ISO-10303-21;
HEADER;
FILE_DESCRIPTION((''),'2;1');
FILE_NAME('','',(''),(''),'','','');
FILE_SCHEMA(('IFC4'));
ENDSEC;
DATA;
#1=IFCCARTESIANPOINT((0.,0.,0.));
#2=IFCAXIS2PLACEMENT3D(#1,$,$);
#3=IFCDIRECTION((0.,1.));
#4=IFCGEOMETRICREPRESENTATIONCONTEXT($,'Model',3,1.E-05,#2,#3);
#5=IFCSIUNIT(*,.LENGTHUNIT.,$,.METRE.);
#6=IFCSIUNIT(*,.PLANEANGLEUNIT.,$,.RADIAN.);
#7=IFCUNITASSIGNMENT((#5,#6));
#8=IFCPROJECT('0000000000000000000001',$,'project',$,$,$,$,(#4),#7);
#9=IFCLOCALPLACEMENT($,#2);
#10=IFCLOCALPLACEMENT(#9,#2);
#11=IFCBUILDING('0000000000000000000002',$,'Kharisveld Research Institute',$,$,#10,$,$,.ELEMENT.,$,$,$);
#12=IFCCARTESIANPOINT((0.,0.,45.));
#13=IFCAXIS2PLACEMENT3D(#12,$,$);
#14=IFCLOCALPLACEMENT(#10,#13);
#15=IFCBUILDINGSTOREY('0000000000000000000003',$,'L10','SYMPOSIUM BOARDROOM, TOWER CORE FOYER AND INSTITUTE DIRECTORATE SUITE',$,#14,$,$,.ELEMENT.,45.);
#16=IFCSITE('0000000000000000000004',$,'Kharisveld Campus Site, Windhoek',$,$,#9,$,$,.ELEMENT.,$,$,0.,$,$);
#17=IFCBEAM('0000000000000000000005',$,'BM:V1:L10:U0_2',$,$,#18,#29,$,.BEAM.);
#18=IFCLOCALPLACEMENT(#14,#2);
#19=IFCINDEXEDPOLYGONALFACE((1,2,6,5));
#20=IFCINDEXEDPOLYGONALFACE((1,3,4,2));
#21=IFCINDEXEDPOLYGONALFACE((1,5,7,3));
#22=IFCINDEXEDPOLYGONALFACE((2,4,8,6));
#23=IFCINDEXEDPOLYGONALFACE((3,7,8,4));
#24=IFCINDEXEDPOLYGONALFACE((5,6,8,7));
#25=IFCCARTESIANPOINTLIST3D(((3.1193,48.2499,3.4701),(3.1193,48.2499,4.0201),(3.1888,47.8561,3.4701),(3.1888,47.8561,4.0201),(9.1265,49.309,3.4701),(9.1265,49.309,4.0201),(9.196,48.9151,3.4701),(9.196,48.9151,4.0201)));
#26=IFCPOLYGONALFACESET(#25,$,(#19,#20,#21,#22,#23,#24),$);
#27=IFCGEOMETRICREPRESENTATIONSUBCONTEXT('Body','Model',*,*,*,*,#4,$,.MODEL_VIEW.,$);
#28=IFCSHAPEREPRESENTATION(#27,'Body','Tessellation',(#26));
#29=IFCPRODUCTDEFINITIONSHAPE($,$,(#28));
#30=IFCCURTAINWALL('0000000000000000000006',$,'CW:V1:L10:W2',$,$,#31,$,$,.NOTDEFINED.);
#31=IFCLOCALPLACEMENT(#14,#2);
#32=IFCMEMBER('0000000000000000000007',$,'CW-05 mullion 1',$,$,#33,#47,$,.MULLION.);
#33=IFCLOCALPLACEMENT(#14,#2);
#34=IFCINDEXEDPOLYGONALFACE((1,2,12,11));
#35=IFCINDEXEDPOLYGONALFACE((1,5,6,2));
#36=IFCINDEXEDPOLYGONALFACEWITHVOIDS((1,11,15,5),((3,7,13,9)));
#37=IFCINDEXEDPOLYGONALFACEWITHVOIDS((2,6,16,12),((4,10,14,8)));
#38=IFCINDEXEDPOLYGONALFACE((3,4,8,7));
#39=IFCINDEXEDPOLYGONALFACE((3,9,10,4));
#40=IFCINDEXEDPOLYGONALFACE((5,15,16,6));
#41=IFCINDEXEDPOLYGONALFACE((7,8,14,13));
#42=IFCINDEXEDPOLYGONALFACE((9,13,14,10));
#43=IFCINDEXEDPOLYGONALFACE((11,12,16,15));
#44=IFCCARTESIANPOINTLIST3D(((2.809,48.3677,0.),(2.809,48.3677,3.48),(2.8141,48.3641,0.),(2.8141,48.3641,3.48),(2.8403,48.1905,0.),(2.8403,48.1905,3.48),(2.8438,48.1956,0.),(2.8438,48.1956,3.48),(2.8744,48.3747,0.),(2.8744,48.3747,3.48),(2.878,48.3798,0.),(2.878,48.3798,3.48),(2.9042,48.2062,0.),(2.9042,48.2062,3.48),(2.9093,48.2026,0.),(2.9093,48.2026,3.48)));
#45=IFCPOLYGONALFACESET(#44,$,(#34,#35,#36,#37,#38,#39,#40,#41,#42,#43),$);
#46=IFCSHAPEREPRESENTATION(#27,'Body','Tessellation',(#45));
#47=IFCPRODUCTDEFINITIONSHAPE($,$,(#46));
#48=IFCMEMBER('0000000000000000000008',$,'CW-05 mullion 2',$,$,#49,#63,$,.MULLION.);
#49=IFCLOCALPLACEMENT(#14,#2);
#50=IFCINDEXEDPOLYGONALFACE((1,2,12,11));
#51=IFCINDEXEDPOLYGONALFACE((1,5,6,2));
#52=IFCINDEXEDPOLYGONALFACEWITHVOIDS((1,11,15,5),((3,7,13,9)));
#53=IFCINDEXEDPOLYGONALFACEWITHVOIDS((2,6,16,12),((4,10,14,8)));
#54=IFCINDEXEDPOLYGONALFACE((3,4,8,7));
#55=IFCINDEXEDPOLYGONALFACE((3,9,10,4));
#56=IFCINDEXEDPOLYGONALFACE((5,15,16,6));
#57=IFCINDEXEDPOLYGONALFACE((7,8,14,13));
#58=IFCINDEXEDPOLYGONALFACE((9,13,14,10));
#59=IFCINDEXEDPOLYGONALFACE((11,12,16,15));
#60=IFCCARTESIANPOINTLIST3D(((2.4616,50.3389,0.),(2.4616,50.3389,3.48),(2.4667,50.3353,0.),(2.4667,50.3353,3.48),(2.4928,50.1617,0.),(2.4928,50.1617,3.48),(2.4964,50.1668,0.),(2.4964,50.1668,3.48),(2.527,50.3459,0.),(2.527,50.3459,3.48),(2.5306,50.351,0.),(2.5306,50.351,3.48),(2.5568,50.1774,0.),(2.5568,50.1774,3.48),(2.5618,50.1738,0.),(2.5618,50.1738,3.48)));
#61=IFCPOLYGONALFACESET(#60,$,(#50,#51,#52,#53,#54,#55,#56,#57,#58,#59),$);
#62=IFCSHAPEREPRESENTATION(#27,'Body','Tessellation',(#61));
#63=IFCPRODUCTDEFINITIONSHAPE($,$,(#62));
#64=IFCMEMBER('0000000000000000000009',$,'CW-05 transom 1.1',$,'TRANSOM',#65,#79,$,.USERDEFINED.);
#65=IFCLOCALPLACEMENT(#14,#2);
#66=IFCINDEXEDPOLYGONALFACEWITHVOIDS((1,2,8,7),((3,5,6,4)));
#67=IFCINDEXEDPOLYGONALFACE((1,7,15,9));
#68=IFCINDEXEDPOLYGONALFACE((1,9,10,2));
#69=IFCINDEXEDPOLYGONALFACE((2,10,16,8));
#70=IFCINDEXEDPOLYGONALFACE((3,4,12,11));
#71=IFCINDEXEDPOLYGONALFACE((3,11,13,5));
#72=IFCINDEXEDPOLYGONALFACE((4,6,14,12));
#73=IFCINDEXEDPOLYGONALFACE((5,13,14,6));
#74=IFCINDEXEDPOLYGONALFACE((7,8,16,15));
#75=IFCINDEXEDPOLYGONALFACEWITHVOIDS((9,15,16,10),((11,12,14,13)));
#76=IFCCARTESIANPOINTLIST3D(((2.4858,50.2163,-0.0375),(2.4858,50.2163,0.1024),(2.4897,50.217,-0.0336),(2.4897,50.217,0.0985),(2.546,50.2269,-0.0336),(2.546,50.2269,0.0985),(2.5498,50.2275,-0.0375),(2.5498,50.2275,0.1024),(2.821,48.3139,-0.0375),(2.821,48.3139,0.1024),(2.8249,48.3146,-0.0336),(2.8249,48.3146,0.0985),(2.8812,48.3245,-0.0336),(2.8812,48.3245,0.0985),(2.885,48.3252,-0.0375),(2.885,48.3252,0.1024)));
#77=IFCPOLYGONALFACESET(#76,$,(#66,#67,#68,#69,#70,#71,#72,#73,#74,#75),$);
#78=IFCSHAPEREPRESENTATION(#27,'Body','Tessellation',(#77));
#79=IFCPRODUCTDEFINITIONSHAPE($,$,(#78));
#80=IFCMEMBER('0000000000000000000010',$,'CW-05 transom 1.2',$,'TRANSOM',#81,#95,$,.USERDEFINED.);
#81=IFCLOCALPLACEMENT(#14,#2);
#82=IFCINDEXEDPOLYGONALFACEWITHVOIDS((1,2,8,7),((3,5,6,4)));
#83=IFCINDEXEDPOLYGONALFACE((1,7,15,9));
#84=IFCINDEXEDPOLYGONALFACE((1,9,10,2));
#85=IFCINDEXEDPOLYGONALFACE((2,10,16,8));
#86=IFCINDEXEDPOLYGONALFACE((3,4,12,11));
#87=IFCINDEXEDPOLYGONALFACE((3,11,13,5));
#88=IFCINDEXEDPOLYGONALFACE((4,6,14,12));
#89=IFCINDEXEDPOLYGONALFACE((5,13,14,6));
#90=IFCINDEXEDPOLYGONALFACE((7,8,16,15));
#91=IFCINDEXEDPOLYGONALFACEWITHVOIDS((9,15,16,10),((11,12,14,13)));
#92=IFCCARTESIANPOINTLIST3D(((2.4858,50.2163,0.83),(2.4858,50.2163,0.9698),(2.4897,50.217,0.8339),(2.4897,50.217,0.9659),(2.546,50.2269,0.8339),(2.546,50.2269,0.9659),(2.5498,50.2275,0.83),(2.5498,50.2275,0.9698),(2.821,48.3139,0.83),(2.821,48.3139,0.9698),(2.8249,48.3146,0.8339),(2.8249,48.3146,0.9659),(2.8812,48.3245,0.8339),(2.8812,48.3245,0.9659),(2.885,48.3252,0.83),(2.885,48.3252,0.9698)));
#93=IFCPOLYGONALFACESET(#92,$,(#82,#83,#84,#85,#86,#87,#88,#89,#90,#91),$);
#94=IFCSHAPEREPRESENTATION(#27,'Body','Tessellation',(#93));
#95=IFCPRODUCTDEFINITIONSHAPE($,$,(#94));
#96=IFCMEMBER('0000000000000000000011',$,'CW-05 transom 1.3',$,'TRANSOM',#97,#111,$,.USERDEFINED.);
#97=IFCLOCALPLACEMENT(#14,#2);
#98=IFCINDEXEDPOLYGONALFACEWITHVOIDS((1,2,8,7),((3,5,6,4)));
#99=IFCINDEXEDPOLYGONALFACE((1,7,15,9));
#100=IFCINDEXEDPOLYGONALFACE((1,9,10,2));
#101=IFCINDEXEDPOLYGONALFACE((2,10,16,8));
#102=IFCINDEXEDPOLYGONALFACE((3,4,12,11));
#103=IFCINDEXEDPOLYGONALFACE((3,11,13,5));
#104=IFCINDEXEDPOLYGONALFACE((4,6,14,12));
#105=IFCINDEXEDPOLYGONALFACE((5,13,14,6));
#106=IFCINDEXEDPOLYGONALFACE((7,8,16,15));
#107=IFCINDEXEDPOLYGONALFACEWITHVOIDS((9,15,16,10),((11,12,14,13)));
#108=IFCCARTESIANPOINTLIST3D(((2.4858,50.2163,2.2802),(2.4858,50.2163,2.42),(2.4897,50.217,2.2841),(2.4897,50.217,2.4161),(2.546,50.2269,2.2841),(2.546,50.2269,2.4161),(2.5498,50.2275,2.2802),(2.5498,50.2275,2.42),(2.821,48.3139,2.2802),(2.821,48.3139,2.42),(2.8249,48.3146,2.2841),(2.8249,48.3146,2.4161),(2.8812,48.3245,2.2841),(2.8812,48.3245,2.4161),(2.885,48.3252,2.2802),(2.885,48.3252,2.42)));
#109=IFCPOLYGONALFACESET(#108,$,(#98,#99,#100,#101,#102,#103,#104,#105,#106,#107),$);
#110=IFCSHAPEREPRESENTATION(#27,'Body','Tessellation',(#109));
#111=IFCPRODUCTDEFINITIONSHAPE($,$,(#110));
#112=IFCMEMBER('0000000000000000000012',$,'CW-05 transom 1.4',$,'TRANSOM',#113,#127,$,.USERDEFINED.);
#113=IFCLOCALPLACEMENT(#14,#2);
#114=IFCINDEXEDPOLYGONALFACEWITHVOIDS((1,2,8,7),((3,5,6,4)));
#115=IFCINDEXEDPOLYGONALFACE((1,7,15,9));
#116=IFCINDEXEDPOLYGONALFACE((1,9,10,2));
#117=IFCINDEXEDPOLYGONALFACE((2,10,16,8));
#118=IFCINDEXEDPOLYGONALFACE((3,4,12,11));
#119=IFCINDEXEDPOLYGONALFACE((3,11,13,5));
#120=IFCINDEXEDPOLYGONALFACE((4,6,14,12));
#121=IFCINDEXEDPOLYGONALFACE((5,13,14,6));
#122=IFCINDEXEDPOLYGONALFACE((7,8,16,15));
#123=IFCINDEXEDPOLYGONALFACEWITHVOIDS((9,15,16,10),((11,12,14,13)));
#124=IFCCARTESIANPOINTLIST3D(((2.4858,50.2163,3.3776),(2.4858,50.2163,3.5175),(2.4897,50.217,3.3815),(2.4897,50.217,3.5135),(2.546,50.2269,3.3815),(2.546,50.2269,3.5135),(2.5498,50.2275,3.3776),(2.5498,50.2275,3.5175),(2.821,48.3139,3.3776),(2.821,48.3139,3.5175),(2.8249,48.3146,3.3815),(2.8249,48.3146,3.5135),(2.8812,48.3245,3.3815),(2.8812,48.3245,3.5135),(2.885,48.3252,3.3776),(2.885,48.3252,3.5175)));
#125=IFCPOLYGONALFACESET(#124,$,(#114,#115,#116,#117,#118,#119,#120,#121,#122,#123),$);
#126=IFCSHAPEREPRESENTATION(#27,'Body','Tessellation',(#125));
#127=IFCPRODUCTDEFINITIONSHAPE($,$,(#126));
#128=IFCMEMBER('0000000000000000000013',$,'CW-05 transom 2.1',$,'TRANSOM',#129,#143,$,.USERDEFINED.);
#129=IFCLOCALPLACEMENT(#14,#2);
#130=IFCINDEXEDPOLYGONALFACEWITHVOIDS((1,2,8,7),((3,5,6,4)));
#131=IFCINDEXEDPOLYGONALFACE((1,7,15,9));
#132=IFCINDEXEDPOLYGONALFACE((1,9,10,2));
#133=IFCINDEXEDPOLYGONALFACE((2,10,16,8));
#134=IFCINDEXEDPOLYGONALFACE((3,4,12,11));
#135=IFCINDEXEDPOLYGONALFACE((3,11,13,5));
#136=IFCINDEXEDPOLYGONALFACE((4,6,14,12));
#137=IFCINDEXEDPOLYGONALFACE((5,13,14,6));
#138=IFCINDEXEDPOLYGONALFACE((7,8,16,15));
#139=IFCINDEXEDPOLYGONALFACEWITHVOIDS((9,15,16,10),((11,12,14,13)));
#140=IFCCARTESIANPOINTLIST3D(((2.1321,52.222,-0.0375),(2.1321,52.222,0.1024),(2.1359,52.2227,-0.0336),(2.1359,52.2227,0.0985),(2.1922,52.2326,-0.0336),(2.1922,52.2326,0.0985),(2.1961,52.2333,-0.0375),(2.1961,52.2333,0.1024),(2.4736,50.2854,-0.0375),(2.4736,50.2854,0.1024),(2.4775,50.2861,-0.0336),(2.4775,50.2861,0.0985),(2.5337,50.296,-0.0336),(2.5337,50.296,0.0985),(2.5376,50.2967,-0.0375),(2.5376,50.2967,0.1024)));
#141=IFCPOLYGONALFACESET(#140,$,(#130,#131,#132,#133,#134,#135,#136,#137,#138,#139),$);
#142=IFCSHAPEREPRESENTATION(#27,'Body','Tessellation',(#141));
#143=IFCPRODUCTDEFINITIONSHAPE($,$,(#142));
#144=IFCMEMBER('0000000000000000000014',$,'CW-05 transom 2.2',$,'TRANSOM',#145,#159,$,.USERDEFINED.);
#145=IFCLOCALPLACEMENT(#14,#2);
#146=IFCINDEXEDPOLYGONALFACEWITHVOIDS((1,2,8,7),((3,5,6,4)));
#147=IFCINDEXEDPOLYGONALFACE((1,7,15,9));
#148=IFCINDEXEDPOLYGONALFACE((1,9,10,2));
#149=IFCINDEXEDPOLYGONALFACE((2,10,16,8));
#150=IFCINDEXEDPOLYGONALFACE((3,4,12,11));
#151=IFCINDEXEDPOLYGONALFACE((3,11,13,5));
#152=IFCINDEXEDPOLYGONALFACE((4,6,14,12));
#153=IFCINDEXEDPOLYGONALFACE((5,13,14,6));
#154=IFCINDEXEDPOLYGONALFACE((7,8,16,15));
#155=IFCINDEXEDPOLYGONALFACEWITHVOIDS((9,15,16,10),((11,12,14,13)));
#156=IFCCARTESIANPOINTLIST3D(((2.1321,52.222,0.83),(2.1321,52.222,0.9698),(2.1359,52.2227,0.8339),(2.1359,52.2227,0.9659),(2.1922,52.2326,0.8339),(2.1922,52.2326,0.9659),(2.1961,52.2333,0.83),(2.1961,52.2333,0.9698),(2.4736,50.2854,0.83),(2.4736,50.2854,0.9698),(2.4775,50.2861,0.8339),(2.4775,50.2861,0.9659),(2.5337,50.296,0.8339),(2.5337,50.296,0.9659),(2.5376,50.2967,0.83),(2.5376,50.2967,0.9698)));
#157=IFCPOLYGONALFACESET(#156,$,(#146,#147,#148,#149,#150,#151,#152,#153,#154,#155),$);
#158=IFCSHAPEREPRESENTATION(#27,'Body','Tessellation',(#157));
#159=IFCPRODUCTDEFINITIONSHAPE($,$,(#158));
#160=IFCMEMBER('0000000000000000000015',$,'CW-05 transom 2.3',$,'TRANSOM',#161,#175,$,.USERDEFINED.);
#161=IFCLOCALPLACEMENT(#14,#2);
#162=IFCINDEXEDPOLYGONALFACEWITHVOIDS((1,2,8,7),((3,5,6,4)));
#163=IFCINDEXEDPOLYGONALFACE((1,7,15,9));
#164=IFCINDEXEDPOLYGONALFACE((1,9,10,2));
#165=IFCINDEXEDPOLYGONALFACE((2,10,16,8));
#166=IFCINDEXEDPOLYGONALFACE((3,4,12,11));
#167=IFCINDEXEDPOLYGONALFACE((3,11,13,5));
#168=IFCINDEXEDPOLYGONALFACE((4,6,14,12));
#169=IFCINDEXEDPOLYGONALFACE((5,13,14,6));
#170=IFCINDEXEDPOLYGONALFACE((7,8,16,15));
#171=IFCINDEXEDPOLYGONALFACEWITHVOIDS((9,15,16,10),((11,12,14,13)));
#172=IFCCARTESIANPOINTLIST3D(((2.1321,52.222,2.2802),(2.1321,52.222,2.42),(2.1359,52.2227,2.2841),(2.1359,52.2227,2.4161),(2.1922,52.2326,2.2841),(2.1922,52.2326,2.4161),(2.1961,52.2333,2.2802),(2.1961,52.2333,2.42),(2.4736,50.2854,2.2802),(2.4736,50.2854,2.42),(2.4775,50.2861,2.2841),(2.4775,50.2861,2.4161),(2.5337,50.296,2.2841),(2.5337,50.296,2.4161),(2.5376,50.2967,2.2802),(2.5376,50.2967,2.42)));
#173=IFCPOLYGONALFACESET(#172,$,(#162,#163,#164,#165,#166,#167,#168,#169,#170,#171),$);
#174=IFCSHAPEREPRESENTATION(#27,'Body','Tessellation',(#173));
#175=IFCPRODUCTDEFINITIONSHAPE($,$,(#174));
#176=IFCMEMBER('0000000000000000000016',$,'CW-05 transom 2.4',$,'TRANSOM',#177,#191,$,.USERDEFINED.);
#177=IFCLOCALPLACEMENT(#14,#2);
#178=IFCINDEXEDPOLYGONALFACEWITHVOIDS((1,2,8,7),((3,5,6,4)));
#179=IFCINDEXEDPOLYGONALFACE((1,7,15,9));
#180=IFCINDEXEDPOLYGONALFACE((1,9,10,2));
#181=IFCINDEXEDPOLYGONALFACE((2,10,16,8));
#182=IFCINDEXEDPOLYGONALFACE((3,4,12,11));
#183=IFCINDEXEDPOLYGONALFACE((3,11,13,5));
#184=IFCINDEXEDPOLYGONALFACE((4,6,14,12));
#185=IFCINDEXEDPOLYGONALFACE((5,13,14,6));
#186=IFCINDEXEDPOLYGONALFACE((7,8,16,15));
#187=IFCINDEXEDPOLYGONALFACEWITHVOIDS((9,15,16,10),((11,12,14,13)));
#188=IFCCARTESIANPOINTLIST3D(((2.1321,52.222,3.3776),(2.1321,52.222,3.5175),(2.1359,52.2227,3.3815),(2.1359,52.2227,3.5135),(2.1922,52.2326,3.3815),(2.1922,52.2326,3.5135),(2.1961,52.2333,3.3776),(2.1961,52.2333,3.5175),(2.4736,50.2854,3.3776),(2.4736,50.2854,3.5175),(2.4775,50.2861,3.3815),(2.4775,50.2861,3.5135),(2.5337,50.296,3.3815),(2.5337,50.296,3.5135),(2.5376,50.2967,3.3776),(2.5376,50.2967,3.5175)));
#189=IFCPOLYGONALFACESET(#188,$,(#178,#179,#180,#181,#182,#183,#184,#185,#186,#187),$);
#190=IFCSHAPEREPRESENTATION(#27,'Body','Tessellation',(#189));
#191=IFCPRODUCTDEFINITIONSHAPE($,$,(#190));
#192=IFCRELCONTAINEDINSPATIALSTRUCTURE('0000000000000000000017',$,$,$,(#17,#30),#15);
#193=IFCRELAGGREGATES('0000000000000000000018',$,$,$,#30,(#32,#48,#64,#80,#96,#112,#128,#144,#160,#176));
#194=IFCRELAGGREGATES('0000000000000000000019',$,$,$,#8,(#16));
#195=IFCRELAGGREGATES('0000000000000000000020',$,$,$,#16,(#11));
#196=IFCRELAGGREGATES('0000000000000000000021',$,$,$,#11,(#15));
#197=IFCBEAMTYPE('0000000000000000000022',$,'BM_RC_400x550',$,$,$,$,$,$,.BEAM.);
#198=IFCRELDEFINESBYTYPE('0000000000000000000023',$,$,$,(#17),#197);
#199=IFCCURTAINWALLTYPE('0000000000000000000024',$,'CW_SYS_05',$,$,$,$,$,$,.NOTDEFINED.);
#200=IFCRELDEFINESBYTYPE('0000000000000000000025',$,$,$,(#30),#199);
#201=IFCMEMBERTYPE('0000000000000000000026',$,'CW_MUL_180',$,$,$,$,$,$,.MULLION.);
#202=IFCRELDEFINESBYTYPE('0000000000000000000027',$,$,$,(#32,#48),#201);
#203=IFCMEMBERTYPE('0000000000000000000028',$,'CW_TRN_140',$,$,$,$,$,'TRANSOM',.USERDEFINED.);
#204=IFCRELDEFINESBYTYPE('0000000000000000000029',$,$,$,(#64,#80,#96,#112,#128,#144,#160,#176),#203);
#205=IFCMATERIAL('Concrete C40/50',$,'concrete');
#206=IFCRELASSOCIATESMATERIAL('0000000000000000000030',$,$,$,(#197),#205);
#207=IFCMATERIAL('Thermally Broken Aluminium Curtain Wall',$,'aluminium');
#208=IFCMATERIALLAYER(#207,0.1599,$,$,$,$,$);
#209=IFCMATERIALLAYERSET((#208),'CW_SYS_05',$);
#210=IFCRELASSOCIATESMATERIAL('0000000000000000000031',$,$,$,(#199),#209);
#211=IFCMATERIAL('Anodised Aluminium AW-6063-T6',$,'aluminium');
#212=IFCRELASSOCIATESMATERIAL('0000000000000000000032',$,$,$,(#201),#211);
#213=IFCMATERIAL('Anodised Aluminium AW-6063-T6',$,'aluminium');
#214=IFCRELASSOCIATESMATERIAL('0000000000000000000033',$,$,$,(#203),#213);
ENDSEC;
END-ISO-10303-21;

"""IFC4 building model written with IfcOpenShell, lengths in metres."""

from ifc_helpers import new_model, si_unit, direction, frame, origin, origin_2d, place, context, subcontext, project, spatial, rectangle, hollow_rectangle, extrude, material, layer, layer_set, material_profile, profile_set, type_object, element, aggregate, save


model = new_model("IFC4")

# Units and contexts
model_context = context("Model", 3, precision=1e-05, world=origin(), true_north=direction((0.0, 1.0)))
body_context = subcontext(model_context, "Body", "Model", "MODEL_VIEW")
ifc_project = project(units=[si_unit("LENGTHUNIT", "METRE"), si_unit("PLANEANGLEUNIT", "RADIAN")], contexts=[model_context])

# Site, building, storey
site_placement = place(None, origin())
site = spatial("IfcSite", under=ifc_project, at=site_placement, Name="Kharisveld Campus Site, Windhoek", CompositionType="ELEMENT", RefElevation=0.0)
building_placement = place(site_placement, origin())
building = spatial("IfcBuilding", under=site, at=building_placement, Name="Kharisveld Research Institute", CompositionType="ELEMENT")
storey_placement = place(building_placement, frame((0.0, 0.0, 45.0)))
storey = spatial("IfcBuildingStorey", under=building, at=storey_placement, Name="L10", Description="SYMPOSIUM BOARDROOM, TOWER CORE FOYER AND INSTITUTE DIRECTORATE SUITE", CompositionType="ELEMENT", Elevation=45.0)

# Beam
ifc_material_1 = material(Name="Concrete C40/50", Category="concrete")
ifc_material_profile_1 = material_profile(ifc_material_1, rectangle(XDim=0.3999, YDim=0.55, at=origin_2d()))
ifc_profile_set_1 = profile_set([ifc_material_profile_1], Name="Concrete C40/50")
beam_type_1 = type_object("IfcBeamType", Name="BM_RC_400x550", PredefinedType="BEAM", material=ifc_profile_set_1)
beam_1_placement = place(storey_placement, frame((3.1541, 48.053, 3.7451), z_axis=(0.984813, 0.173621, 0.0), x_axis=(-0.173621, 0.984813, 0.0)))
element("IfcBeam", 1, at=beam_1_placement, inside=storey, type_object=beam_type_1, Name="BM:V1:L10:U0_2", PredefinedType="BEAM", context=body_context, shape_type="SweptSolid", body=[
    extrude(rectangle(XDim=0.3999, YDim=0.55, at=origin_2d()), origin(), (0.0, 0.0, 1.0), 6.0999),
])

# Curtain wall, members
ifc_material_2 = material(Name="Thermally Broken Aluminium Curtain Wall", Category="aluminium")
ifc_layer_1 = layer(ifc_material_2, 0.1599)
ifc_layer_set_1 = layer_set([ifc_layer_1], Name="CW_SYS_05")
curtain_wall_type = type_object("IfcCurtainWallType", Name="CW_SYS_05", PredefinedType="NOTDEFINED", material=ifc_layer_set_1)
curtain_wall_placement = place(storey_placement, origin())
curtain_wall = element("IfcCurtainWall", 2, at=curtain_wall_placement, inside=storey, type_object=curtain_wall_type, Name="CW:V1:L10:W2", PredefinedType="NOTDEFINED")
ifc_material_3 = material(Name="Anodised Aluminium AW-6063-T6", Category="aluminium")
ifc_material_profile_2 = material_profile(ifc_material_3, hollow_rectangle(XDim=0.0701, YDim=0.1799, WallThickness=0.0044, at=origin_2d()))
ifc_profile_set_2 = profile_set([ifc_material_profile_2], Name="Anodised Aluminium AW-6063-T6")
member_type_1 = type_object("IfcMemberType", Name="CW_MUL_180", PredefinedType="MULLION", material=ifc_profile_set_2)
member_1_placement = place(storey_placement, frame((2.8591, 48.2852, 0.0), z_axis=(0.0, 0.0, 1.0), x_axis=(-0.984808, -0.173648, 0.0)))
member_1 = element("IfcMember", 3, at=member_1_placement, type_object=member_type_1, Name="CW-05 mullion 1", PredefinedType="MULLION", context=body_context, shape_type="SweptSolid", body=[
    extrude(hollow_rectangle(XDim=0.0701, YDim=0.1799, WallThickness=0.0044, at=origin_2d()), origin(), (0.0, 0.0, 1.0), 3.48),
])
member_2_placement = place(storey_placement, frame((2.5117, 50.2563, 0.0), z_axis=(0.0, 0.0, 1.0), x_axis=(-0.984808, -0.173648, 0.0)))
member_2 = element("IfcMember", 4, at=member_2_placement, type_object=member_type_1, Name="CW-05 mullion 2", PredefinedType="MULLION", context=body_context, shape_type="SweptSolid", body=[
    extrude(hollow_rectangle(XDim=0.0701, YDim=0.1799, WallThickness=0.0044, at=origin_2d()), origin(), (0.0, 0.0, 1.0), 3.48),
])
ifc_material_4 = material(Name="Anodised Aluminium AW-6063-T6", Category="aluminium")
ifc_material_profile_3 = material_profile(ifc_material_4, hollow_rectangle(XDim=0.0649, YDim=0.1399, WallThickness=0.0039, at=origin_2d()))
ifc_profile_set_3 = profile_set([ifc_material_profile_3], Name="Anodised Aluminium AW-6063-T6")
member_type_2 = type_object("IfcMemberType", Name="CW_TRN_140", ElementType="TRANSOM", PredefinedType="USERDEFINED", material=ifc_profile_set_3)
member_3_placement = place(storey_placement, frame((2.853, 48.3196, 0.0325), z_axis=(-0.173533, 0.984828, 0.0), x_axis=(-0.984828, -0.173533, 0.0)))
member_3 = element("IfcMember", 5, at=member_3_placement, type_object=member_type_2, Name="CW-05 transom 1.1", ObjectType="TRANSOM", PredefinedType="USERDEFINED", context=body_context, shape_type="SweptSolid", body=[
    extrude(hollow_rectangle(XDim=0.0649, YDim=0.1399, WallThickness=0.0039, at=origin_2d()), origin(), (0.0, 0.0, 1.0), 1.9316),
])
member_4_placement = place(storey_placement, frame((2.853, 48.3196, 0.8999), z_axis=(-0.173533, 0.984828, 0.0), x_axis=(-0.984828, -0.173533, 0.0)))
member_4 = element("IfcMember", 6, at=member_4_placement, type_object=member_type_2, Name="CW-05 transom 1.2", ObjectType="TRANSOM", PredefinedType="USERDEFINED", context=body_context, shape_type="SweptSolid", body=[
    extrude(hollow_rectangle(XDim=0.0649, YDim=0.1399, WallThickness=0.0039, at=origin_2d()), origin(), (0.0, 0.0, 1.0), 1.9316),
])
member_5_placement = place(storey_placement, frame((2.853, 48.3196, 2.3501), z_axis=(-0.173533, 0.984828, 0.0), x_axis=(-0.984828, -0.173533, 0.0)))
member_5 = element("IfcMember", 7, at=member_5_placement, type_object=member_type_2, Name="CW-05 transom 1.3", ObjectType="TRANSOM", PredefinedType="USERDEFINED", context=body_context, shape_type="SweptSolid", body=[
    extrude(hollow_rectangle(XDim=0.0649, YDim=0.1399, WallThickness=0.0039, at=origin_2d()), origin(), (0.0, 0.0, 1.0), 1.9316),
])
member_6_placement = place(storey_placement, frame((2.853, 48.3196, 3.4475), z_axis=(-0.173533, 0.984828, 0.0), x_axis=(-0.984828, -0.173533, 0.0)))
member_6 = element("IfcMember", 8, at=member_6_placement, type_object=member_type_2, Name="CW-05 transom 1.4", ObjectType="TRANSOM", PredefinedType="USERDEFINED", context=body_context, shape_type="SweptSolid", body=[
    extrude(hollow_rectangle(XDim=0.0649, YDim=0.1399, WallThickness=0.0039, at=origin_2d()), origin(), (0.0, 0.0, 1.0), 1.9316),
])
member_7_placement = place(storey_placement, frame((2.5056, 50.291, 0.0325), z_axis=(-0.173672, 0.984804, 0.0), x_axis=(-0.984804, -0.173672, 0.0)))
member_7 = element("IfcMember", 9, at=member_7_placement, type_object=member_type_2, Name="CW-05 transom 2.1", ObjectType="TRANSOM", PredefinedType="USERDEFINED", context=body_context, shape_type="SweptSolid", body=[
    extrude(hollow_rectangle(XDim=0.0649, YDim=0.1399, WallThickness=0.0039, at=origin_2d()), origin(), (0.0, 0.0, 1.0), 1.9666),
])
member_8_placement = place(storey_placement, frame((2.5056, 50.291, 0.8999), z_axis=(-0.173672, 0.984804, 0.0), x_axis=(-0.984804, -0.173672, 0.0)))
member_8 = element("IfcMember", 10, at=member_8_placement, type_object=member_type_2, Name="CW-05 transom 2.2", ObjectType="TRANSOM", PredefinedType="USERDEFINED", context=body_context, shape_type="SweptSolid", body=[
    extrude(hollow_rectangle(XDim=0.0649, YDim=0.1399, WallThickness=0.0039, at=origin_2d()), origin(), (0.0, 0.0, 1.0), 1.9666),
])
member_9_placement = place(storey_placement, frame((2.5056, 50.291, 2.3501), z_axis=(-0.173672, 0.984804, 0.0), x_axis=(-0.984804, -0.173672, 0.0)))
member_9 = element("IfcMember", 11, at=member_9_placement, type_object=member_type_2, Name="CW-05 transom 2.3", ObjectType="TRANSOM", PredefinedType="USERDEFINED", context=body_context, shape_type="SweptSolid", body=[
    extrude(hollow_rectangle(XDim=0.0649, YDim=0.1399, WallThickness=0.0039, at=origin_2d()), origin(), (0.0, 0.0, 1.0), 1.9666),
])
member_10_placement = place(storey_placement, frame((2.5056, 50.291, 3.4475), z_axis=(-0.173672, 0.984804, 0.0), x_axis=(-0.984804, -0.173672, 0.0)))
member_10 = element("IfcMember", 12, at=member_10_placement, type_object=member_type_2, Name="CW-05 transom 2.4", ObjectType="TRANSOM", PredefinedType="USERDEFINED", context=body_context, shape_type="SweptSolid", body=[
    extrude(hollow_rectangle(XDim=0.0649, YDim=0.1399, WallThickness=0.0039, at=origin_2d()), origin(), (0.0, 0.0, 1.0), 1.9666),
])

aggregate(curtain_wall, [member_1, member_2, member_3, member_4, member_5, member_6, member_7, member_8, member_9, member_10])

save(model, "model.ifc")
